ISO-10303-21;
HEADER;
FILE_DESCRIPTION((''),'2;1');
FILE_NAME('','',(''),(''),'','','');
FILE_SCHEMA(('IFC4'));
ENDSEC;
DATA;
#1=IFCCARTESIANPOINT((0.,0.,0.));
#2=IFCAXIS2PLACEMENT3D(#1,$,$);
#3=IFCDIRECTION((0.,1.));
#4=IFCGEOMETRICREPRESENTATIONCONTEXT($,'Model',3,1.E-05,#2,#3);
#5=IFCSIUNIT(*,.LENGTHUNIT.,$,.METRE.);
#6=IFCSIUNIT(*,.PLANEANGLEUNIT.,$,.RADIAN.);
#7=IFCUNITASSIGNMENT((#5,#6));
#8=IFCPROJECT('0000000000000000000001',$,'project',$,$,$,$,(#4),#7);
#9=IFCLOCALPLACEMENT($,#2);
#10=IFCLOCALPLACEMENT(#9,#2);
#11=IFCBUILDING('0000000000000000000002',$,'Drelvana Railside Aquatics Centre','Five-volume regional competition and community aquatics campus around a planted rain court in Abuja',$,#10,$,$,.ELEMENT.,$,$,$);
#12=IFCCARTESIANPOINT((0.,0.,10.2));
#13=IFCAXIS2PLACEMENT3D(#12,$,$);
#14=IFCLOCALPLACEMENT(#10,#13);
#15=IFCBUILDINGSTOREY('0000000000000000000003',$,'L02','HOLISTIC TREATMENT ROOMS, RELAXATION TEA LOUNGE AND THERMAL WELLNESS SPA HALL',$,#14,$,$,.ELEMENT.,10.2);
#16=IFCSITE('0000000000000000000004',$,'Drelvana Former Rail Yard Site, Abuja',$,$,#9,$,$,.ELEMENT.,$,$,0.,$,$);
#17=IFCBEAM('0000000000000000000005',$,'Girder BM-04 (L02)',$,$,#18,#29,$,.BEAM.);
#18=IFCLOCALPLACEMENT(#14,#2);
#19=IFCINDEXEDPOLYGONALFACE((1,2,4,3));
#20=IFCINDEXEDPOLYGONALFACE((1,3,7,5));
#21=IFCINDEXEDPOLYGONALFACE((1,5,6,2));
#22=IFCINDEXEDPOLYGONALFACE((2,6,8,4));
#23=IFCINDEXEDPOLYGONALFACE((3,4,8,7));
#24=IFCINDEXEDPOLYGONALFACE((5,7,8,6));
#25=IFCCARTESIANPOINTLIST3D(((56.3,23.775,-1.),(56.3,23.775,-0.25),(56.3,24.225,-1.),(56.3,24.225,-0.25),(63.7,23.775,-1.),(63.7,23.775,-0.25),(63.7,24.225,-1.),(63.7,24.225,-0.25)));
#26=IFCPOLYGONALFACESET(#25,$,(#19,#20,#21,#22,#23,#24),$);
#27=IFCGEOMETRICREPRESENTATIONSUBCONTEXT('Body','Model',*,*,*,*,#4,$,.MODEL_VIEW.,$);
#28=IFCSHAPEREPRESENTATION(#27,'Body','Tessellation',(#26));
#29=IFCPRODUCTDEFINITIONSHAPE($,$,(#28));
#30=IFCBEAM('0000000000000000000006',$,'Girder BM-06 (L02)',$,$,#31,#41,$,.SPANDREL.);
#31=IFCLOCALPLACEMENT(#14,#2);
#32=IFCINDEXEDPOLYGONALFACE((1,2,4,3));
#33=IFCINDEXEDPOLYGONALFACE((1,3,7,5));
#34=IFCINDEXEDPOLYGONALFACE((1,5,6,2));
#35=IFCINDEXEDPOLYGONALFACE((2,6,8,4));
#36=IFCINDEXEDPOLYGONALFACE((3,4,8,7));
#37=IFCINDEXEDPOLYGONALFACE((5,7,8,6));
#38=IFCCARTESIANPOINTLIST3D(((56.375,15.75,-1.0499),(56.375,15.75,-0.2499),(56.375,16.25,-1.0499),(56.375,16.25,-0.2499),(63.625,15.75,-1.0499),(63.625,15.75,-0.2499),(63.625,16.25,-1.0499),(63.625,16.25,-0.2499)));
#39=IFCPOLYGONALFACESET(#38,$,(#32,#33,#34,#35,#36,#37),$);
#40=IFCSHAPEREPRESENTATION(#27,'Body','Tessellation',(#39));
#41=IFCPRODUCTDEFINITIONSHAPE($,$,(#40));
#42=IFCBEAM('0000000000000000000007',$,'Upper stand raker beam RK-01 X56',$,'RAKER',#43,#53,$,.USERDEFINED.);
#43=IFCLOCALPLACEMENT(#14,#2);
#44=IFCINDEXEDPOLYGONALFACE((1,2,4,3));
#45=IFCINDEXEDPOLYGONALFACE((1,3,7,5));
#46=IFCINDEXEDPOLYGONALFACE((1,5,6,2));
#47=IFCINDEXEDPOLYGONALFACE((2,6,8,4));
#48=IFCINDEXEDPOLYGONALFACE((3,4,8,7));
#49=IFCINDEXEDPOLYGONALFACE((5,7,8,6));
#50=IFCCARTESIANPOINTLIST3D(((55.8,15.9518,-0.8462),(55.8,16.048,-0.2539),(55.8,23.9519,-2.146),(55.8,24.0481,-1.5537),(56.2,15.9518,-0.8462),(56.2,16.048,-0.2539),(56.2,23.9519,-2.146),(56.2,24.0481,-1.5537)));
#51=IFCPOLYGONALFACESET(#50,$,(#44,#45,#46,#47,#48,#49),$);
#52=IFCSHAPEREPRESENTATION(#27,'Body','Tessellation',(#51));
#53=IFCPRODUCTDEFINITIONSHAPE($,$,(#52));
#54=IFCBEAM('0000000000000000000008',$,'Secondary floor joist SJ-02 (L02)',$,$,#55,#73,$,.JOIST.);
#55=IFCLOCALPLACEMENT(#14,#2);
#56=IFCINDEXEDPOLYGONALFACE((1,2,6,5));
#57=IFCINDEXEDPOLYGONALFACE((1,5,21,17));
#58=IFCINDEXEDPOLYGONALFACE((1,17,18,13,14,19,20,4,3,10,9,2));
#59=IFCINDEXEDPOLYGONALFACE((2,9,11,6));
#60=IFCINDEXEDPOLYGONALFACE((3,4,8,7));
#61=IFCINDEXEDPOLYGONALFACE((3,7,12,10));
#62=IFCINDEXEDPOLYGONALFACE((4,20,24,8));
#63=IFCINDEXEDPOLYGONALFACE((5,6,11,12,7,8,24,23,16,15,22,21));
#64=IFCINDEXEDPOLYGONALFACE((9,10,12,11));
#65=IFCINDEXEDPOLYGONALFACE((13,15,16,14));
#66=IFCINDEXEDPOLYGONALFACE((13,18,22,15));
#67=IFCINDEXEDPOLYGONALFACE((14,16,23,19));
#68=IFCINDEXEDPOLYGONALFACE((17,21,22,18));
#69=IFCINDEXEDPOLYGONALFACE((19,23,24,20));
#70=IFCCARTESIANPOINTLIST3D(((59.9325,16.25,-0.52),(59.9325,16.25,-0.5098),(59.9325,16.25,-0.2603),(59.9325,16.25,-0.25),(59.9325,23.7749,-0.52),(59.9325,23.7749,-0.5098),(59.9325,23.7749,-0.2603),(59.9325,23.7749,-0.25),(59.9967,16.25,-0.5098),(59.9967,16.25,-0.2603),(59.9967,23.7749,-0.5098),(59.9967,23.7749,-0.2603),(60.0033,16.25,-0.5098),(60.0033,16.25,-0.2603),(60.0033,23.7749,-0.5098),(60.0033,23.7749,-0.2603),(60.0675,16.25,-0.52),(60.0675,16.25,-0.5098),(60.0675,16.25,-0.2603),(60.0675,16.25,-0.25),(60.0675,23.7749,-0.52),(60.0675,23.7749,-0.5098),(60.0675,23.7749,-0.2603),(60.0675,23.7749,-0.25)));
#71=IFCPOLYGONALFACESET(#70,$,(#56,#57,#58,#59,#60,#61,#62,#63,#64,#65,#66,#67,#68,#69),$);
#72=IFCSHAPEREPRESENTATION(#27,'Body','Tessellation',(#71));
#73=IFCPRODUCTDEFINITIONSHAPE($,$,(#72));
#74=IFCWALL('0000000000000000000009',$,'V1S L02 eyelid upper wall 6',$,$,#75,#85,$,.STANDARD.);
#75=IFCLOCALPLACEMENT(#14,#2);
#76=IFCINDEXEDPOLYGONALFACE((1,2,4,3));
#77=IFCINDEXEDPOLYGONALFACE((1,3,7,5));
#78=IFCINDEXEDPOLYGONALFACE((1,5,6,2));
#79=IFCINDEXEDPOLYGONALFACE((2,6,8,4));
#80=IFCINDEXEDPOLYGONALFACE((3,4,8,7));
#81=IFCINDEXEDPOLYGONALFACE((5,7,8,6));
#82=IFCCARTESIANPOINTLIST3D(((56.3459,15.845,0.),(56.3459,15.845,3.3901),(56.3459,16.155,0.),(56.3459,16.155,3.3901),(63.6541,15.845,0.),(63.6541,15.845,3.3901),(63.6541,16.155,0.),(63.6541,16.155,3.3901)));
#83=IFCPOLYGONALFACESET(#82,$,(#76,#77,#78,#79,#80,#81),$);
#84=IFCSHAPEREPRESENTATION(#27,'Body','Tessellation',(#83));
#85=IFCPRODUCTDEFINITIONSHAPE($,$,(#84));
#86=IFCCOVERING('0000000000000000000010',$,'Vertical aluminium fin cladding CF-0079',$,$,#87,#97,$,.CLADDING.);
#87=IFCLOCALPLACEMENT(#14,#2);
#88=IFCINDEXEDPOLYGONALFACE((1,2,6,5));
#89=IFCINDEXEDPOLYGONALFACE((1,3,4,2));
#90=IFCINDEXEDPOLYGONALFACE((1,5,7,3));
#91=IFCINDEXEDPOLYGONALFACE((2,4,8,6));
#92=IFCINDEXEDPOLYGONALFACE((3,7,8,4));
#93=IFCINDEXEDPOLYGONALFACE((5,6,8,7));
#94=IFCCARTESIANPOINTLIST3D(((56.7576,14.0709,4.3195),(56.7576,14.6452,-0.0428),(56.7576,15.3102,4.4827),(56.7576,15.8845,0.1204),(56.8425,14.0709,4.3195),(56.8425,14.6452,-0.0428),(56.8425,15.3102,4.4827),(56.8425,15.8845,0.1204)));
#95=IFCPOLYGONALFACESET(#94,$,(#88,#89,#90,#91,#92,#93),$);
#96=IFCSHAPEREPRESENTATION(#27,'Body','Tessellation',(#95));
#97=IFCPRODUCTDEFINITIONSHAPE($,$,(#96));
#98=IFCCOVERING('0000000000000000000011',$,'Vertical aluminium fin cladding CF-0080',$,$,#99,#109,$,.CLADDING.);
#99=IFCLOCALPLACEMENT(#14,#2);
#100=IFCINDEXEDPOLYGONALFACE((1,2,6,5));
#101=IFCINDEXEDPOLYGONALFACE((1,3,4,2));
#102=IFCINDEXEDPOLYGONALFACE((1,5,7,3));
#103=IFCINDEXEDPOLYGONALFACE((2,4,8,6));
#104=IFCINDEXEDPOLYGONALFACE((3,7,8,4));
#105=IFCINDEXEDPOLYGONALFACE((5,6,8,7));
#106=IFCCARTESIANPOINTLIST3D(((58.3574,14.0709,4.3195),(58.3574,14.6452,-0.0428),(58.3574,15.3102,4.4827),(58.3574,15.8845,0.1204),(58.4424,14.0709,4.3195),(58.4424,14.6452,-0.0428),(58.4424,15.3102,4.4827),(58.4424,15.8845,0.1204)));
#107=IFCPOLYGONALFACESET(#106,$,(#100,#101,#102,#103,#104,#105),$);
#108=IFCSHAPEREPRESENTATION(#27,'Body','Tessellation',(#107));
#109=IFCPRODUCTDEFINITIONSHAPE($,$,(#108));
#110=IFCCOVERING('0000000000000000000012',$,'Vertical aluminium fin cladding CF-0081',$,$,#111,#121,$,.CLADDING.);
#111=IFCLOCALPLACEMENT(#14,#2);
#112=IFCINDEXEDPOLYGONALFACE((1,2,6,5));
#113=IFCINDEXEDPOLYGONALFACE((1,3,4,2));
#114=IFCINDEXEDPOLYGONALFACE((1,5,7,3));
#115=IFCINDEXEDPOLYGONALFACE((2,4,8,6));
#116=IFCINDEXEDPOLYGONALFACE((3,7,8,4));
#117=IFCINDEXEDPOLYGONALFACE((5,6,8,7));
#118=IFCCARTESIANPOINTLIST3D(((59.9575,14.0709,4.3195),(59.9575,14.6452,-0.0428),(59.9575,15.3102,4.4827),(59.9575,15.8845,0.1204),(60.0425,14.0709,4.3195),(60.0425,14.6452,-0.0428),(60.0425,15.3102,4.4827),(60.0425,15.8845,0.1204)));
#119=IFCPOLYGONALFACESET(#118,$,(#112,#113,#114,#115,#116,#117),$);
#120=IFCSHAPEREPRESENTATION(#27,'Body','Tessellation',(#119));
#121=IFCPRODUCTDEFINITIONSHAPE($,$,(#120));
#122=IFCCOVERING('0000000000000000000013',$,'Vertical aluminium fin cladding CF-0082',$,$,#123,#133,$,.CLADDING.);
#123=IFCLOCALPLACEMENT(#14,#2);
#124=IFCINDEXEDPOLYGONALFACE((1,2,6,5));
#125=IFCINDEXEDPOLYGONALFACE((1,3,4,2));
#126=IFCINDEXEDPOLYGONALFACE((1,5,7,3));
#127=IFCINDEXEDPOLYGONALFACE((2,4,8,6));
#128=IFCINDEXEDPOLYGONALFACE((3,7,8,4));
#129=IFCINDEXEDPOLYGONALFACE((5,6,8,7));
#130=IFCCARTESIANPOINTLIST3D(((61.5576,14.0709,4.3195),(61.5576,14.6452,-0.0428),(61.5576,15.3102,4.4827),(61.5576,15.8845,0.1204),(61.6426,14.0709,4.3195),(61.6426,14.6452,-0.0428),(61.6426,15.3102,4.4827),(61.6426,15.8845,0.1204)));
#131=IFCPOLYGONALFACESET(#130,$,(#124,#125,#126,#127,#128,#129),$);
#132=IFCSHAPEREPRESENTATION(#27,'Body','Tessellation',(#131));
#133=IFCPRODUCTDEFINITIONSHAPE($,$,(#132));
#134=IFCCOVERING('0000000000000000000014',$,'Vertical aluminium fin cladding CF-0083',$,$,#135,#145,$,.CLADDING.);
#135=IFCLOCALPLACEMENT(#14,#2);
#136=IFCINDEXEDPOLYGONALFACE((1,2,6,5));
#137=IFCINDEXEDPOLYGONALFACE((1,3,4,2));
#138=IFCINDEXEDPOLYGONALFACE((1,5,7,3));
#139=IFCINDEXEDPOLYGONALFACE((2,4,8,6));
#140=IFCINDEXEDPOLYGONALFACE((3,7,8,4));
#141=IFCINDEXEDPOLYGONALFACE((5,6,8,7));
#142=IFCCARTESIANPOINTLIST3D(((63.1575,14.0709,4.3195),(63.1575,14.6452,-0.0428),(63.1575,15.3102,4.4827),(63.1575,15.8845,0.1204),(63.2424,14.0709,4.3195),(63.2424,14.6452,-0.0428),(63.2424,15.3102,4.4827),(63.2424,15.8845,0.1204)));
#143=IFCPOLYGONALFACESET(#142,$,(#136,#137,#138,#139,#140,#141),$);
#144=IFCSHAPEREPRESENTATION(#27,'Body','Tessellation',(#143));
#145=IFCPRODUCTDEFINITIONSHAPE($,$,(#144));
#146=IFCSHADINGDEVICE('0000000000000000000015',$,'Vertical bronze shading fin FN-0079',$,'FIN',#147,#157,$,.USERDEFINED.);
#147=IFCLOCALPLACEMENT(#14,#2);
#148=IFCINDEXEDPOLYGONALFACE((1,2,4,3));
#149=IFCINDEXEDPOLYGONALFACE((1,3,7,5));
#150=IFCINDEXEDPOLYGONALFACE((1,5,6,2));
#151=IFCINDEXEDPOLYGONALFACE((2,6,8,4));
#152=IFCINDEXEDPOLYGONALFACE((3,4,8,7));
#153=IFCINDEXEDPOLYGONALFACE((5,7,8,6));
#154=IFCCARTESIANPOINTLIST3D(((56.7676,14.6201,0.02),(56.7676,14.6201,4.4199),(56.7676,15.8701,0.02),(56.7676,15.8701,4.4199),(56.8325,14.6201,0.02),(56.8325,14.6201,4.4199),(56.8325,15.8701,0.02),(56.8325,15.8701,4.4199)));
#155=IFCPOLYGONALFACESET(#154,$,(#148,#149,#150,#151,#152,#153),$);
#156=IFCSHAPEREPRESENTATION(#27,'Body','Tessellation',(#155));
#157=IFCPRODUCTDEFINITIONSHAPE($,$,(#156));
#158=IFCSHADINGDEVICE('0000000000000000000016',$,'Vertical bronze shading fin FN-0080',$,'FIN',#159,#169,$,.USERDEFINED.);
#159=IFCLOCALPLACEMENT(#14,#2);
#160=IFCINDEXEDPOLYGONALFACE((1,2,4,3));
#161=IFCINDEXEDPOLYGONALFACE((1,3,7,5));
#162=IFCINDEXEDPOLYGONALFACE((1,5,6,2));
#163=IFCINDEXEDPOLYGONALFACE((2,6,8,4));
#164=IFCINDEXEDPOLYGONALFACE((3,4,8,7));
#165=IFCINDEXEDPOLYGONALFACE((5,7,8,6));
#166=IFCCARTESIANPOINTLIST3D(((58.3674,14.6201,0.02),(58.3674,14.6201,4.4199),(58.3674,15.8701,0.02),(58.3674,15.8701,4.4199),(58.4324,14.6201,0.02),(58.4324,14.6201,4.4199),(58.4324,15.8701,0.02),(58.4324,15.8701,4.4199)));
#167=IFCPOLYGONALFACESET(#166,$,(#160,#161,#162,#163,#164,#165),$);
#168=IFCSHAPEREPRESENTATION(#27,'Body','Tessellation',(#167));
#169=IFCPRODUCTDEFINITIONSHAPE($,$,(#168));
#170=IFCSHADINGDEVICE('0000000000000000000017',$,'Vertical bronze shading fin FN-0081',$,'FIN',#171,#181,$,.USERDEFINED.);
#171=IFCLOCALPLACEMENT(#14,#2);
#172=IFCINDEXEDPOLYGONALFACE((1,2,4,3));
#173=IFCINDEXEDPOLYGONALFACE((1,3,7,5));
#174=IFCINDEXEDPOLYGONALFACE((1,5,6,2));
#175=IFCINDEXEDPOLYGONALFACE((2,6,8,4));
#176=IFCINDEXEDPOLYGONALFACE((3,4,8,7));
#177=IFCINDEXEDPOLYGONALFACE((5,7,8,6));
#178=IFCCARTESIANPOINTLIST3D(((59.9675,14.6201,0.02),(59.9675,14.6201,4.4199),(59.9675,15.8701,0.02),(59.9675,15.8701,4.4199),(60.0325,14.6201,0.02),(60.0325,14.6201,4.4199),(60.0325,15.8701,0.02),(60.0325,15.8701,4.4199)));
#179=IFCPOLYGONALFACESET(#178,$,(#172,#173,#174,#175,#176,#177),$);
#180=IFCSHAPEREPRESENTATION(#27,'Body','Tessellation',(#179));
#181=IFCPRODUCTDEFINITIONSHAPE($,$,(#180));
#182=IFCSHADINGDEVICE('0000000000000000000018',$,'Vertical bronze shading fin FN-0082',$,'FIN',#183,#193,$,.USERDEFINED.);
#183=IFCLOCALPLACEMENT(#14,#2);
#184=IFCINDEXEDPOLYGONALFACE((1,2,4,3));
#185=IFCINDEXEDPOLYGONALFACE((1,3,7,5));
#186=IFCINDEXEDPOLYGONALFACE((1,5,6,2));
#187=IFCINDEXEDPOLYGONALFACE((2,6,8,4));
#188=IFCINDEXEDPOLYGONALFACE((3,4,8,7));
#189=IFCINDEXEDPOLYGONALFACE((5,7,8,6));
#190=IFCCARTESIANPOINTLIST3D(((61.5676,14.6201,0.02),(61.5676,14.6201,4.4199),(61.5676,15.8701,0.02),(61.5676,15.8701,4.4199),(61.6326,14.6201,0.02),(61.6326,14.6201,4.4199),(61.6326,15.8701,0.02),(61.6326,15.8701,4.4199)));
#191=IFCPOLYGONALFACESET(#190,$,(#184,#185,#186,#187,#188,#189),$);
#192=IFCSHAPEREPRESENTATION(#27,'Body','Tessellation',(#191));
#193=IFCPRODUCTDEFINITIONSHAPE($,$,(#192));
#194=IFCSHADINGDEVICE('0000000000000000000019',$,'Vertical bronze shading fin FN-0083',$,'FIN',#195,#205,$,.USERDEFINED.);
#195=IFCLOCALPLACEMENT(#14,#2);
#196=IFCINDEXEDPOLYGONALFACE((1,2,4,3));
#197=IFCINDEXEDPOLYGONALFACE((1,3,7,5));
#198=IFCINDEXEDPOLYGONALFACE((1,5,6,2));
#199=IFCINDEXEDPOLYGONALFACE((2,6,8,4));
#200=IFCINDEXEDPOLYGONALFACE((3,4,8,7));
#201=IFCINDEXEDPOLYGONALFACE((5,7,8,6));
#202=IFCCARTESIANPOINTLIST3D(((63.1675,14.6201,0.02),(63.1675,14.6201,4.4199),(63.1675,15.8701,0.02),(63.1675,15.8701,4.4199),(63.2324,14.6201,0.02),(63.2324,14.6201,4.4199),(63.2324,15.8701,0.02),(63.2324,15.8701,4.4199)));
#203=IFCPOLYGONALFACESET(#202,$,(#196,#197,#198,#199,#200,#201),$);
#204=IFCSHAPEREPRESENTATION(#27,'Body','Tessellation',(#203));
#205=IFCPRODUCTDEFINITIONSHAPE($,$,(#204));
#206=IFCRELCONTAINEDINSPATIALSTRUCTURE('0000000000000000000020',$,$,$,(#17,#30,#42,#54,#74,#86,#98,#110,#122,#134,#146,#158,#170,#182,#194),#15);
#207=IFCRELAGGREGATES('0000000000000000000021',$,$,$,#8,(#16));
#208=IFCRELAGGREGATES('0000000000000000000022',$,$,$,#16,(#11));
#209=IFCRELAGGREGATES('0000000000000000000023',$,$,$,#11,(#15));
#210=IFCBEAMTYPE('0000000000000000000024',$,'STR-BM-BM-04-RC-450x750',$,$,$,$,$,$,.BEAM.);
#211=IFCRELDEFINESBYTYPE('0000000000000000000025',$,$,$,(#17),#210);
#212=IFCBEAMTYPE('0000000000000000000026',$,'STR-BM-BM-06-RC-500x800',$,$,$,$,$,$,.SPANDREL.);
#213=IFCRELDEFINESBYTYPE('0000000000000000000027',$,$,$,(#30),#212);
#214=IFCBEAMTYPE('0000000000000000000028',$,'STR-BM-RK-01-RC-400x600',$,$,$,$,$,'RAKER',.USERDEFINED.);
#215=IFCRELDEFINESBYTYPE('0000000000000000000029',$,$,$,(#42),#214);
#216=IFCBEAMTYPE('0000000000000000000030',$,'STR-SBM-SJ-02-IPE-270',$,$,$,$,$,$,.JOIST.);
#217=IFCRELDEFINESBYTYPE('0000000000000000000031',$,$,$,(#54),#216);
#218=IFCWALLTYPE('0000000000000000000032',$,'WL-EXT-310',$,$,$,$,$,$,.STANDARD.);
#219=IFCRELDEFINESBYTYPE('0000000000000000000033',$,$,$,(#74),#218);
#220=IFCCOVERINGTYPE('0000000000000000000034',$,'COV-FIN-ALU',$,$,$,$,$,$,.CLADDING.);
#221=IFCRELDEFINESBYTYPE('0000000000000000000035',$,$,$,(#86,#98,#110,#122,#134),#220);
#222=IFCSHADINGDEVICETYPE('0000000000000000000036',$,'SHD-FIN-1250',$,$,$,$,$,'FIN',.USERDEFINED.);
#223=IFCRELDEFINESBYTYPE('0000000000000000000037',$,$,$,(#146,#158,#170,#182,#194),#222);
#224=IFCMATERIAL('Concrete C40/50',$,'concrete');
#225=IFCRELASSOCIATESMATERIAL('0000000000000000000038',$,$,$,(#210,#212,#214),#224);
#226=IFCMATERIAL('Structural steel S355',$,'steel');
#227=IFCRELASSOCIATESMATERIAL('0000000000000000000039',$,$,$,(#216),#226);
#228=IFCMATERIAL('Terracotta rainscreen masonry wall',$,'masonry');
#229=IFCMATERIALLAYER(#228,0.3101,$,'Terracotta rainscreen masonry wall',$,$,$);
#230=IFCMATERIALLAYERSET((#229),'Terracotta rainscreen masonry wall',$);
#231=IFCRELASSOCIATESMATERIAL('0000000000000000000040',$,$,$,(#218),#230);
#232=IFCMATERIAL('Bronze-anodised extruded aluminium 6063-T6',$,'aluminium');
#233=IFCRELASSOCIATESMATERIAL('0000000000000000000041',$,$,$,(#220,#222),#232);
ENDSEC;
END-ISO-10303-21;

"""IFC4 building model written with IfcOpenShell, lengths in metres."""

from ifc_helpers import new_model, si_unit, direction, frame, frame_2d, origin, origin_2d, place, context, subcontext, project, spatial, rectangle, i_section, extrude, material, layer, layer_set, material_profile, profile_set, type_object, element, save


model = new_model("IFC4")

# Units and contexts
model_context = context("Model", 3, precision=1e-05, world=origin(), true_north=direction((0.0, 1.0)))
body_context = subcontext(model_context, "Body", "Model", "MODEL_VIEW")
ifc_project = project(units=[si_unit("LENGTHUNIT", "METRE"), si_unit("PLANEANGLEUNIT", "RADIAN")], contexts=[model_context])

# Site, building, storey
site_placement = place(None, origin())
site = spatial("IfcSite", under=ifc_project, at=site_placement, Name="Drelvana Former Rail Yard Site, Abuja", CompositionType="ELEMENT", RefElevation=0.0)
building_placement = place(site_placement, origin())
building = spatial("IfcBuilding", under=site, at=building_placement, Name="Drelvana Railside Aquatics Centre", Description="Five-volume regional competition and community aquatics campus around a planted rain court in Abuja", CompositionType="ELEMENT")
storey_placement = place(building_placement, frame((0.0, 0.0, 10.2)))
storey = spatial("IfcBuildingStorey", under=building, at=storey_placement, Name="L02", Description="HOLISTIC TREATMENT ROOMS, RELAXATION TEA LOUNGE AND THERMAL WELLNESS SPA HALL", CompositionType="ELEMENT", Elevation=10.2)

# Beams
ifc_material_1 = material(Name="Concrete C40/50", Category="concrete")
ifc_material_profile_1 = material_profile(ifc_material_1, rectangle(XDim=0.45, YDim=0.75, at=origin_2d()), Name="RC 450x750")
ifc_profile_set_1 = profile_set([ifc_material_profile_1], Name="Concrete C40/50")
beam_type_1 = type_object("IfcBeamType", Name="STR-BM-BM-04-RC-450x750", PredefinedType="BEAM", material=ifc_profile_set_1)
beam_1_placement = place(storey_placement, frame((56.3, 24.0, -0.625), z_axis=(1.0, 0.0, 0.0), x_axis=(0.0, 1.0, 0.0)))
element("IfcBeam", 1, at=beam_1_placement, inside=storey, type_object=beam_type_1, Name="Girder BM-04 (L02)", PredefinedType="BEAM", context=body_context, shape_type="SweptSolid", body=[
    extrude(rectangle(XDim=0.45, YDim=0.75, at=origin_2d()), origin(), (0.0, 0.0, 1.0), 7.3999),
])
ifc_material_profile_2 = material_profile(ifc_material_1, rectangle(XDim=0.5, YDim=0.8, at=origin_2d()), Name="RC 500x800")
ifc_profile_set_2 = profile_set([ifc_material_profile_2], Name="Concrete C40/50")
beam_type_2 = type_object("IfcBeamType", Name="STR-BM-BM-06-RC-500x800", PredefinedType="SPANDREL", material=ifc_profile_set_2)
beam_2_placement = place(storey_placement, frame((56.375, 16.0, -0.6499), z_axis=(1.0, 0.0, 0.0), x_axis=(0.0, 1.0, 0.0)))
element("IfcBeam", 2, at=beam_2_placement, inside=storey, type_object=beam_type_2, Name="Girder BM-06 (L02)", PredefinedType="SPANDREL", context=body_context, shape_type="SweptSolid", body=[
    extrude(rectangle(XDim=0.5, YDim=0.8, at=origin_2d()), origin(), (0.0, 0.0, 1.0), 7.25),
])
ifc_material_profile_3 = material_profile(ifc_material_1, rectangle(XDim=0.3999, YDim=0.6001, at=origin_2d()), Name="RC 400x600")
ifc_profile_set_3 = profile_set([ifc_material_profile_3], Name="Concrete C40/50")
beam_type_3 = type_object("IfcBeamType", Name="STR-BM-RK-01-RC-400x600", ElementType="RAKER", PredefinedType="USERDEFINED", material=ifc_profile_set_3)
beam_3_placement = place(storey_placement, frame((56.0, 24.0, -1.8499), z_axis=(0.0, -0.987057, 0.160373), x_axis=(1.0, 0.0, 0.0)))
element("IfcBeam", 3, at=beam_3_placement, inside=storey, type_object=beam_type_3, Name="Upper stand raker beam RK-01 X56", ObjectType="RAKER", PredefinedType="USERDEFINED", context=body_context, shape_type="SweptSolid", body=[
    extrude(rectangle(XDim=0.3999, YDim=0.6001, at=origin_2d()), origin(), (0.0, 0.0, 1.0), 8.105),
])
ifc_material_2 = material(Name="Structural steel S355", Category="steel")
ifc_material_profile_4 = material_profile(ifc_material_2, i_section(OverallWidth=0.135, OverallDepth=0.27, WebThickness=0.0066, FlangeThickness=0.0103, at=origin_2d()), Name="IPE 270")
ifc_profile_set_4 = profile_set([ifc_material_profile_4], Name="Structural steel S355")
beam_type_4 = type_object("IfcBeamType", Name="STR-SBM-SJ-02-IPE-270", PredefinedType="JOIST", material=ifc_profile_set_4)
beam_4_placement = place(storey_placement, frame((60.0, 16.25, -0.385), z_axis=(0.0, 1.0, 0.0), x_axis=(-1.0, 0.0, 0.0)))
element("IfcBeam", 4, at=beam_4_placement, inside=storey, type_object=beam_type_4, Name="Secondary floor joist SJ-02 (L02)", PredefinedType="JOIST", context=body_context, shape_type="SweptSolid", body=[
    extrude(i_section(OverallWidth=0.135, OverallDepth=0.27, WebThickness=0.0066, FlangeThickness=0.0103, at=origin_2d()), origin(), (0.0, 0.0, 1.0), 7.5249),
])

# Wall
ifc_material_3 = material(Name="Terracotta rainscreen masonry wall", Category="masonry")
ifc_layer = layer(ifc_material_3, 0.3101, Name="Terracotta rainscreen masonry wall")
ifc_layer_set = layer_set([ifc_layer], Name="Terracotta rainscreen masonry wall")
wall_type = type_object("IfcWallType", Name="WL-EXT-310", PredefinedType="STANDARD", material=ifc_layer_set)
wall_placement = place(storey_placement, frame((56.3459, 16.0, 0.0), z_axis=(0.0, 0.0, 1.0), x_axis=(1.0, 0.0, 0.0)))
element("IfcWall", 5, at=wall_placement, inside=storey, type_object=wall_type, Name="V1S L02 eyelid upper wall 6", PredefinedType="STANDARD", context=body_context, shape_type="SweptSolid", body=[
    extrude(rectangle(XDim=7.3081, YDim=0.3101, at=frame_2d((3.6541, 0.0))), origin(), (0.0, 0.0, 1.0), 3.3901),
])

# Coverings
ifc_material_4 = material(Name="Bronze-anodised extruded aluminium 6063-T6", Category="aluminium")
covering_type = type_object("IfcCoveringType", Name="COV-FIN-ALU", PredefinedType="CLADDING", material=ifc_material_4)
for number, where, z_axis, x_axis, name in (
    (6, (56.8, 15.2649, 0.0388), (0.0, -0.130526, 0.991445), (-1.0, 0.0, 0.0), "Vertical aluminium fin cladding CF-0079"),
    (7, (58.3999, 15.2649, 0.0388), (0.0, -0.130526, 0.991445), (-1.0, 0.0, 0.0), "Vertical aluminium fin cladding CF-0080"),
    (8, (60.0, 15.2649, 0.0388), (0.0, -0.130526, 0.991445), (-1.0, 0.0, 0.0), "Vertical aluminium fin cladding CF-0081"),
    (9, (61.6001, 15.2649, 0.0388), (0.0, -0.130526, 0.991445), (-1.0, 0.0, 0.0), "Vertical aluminium fin cladding CF-0082"),
    (10, (63.2, 15.2649, 0.0388), (0.0, -0.130526, 0.991445), (-1.0, 0.0, 0.0), "Vertical aluminium fin cladding CF-0083"),
):
    element("IfcCovering", number, at=place(storey_placement, frame(where, z_axis=z_axis, x_axis=x_axis)), inside=storey, type_object=covering_type, Name=name, PredefinedType="CLADDING", context=body_context, shape_type="SweptSolid", body=[
        extrude(rectangle(XDim=0.085, YDim=1.25, at=origin_2d()), origin(), (0.0, 0.0, 1.0), 4.3999),
    ])

# Shading devices
shading_device_type = type_object("IfcShadingDeviceType", Name="SHD-FIN-1250", ElementType="FIN", PredefinedType="USERDEFINED", material=ifc_material_4)
for number, where, z_axis, x_axis, name in (
    (11, (56.8, 15.2451, 0.02), (0.0, 0.0, 1.0), (0.0, -1.0, 0.0), "Vertical bronze shading fin FN-0079"),
    (12, (58.3999, 15.2451, 0.02), (0.0, 0.0, 1.0), (0.0, -1.0, 0.0), "Vertical bronze shading fin FN-0080"),
    (13, (60.0, 15.2451, 0.02), (0.0, 0.0, 1.0), (0.0, -1.0, 0.0), "Vertical bronze shading fin FN-0081"),
    (14, (61.6001, 15.2451, 0.02), (0.0, 0.0, 1.0), (0.0, -1.0, 0.0), "Vertical bronze shading fin FN-0082"),
    (15, (63.2, 15.2451, 0.02), (0.0, 0.0, 1.0), (0.0, -1.0, 0.0), "Vertical bronze shading fin FN-0083"),
):
    element("IfcShadingDevice", number, at=place(storey_placement, frame(where, z_axis=z_axis, x_axis=x_axis)), inside=storey, type_object=shading_device_type, Name=name, ObjectType="FIN", PredefinedType="USERDEFINED", context=body_context, shape_type="SweptSolid", body=[
        extrude(rectangle(XDim=1.25, YDim=0.0649, at=origin_2d()), origin(), (0.0, 0.0, 1.0), 4.3999),
    ])

save(model, "model.ifc")
